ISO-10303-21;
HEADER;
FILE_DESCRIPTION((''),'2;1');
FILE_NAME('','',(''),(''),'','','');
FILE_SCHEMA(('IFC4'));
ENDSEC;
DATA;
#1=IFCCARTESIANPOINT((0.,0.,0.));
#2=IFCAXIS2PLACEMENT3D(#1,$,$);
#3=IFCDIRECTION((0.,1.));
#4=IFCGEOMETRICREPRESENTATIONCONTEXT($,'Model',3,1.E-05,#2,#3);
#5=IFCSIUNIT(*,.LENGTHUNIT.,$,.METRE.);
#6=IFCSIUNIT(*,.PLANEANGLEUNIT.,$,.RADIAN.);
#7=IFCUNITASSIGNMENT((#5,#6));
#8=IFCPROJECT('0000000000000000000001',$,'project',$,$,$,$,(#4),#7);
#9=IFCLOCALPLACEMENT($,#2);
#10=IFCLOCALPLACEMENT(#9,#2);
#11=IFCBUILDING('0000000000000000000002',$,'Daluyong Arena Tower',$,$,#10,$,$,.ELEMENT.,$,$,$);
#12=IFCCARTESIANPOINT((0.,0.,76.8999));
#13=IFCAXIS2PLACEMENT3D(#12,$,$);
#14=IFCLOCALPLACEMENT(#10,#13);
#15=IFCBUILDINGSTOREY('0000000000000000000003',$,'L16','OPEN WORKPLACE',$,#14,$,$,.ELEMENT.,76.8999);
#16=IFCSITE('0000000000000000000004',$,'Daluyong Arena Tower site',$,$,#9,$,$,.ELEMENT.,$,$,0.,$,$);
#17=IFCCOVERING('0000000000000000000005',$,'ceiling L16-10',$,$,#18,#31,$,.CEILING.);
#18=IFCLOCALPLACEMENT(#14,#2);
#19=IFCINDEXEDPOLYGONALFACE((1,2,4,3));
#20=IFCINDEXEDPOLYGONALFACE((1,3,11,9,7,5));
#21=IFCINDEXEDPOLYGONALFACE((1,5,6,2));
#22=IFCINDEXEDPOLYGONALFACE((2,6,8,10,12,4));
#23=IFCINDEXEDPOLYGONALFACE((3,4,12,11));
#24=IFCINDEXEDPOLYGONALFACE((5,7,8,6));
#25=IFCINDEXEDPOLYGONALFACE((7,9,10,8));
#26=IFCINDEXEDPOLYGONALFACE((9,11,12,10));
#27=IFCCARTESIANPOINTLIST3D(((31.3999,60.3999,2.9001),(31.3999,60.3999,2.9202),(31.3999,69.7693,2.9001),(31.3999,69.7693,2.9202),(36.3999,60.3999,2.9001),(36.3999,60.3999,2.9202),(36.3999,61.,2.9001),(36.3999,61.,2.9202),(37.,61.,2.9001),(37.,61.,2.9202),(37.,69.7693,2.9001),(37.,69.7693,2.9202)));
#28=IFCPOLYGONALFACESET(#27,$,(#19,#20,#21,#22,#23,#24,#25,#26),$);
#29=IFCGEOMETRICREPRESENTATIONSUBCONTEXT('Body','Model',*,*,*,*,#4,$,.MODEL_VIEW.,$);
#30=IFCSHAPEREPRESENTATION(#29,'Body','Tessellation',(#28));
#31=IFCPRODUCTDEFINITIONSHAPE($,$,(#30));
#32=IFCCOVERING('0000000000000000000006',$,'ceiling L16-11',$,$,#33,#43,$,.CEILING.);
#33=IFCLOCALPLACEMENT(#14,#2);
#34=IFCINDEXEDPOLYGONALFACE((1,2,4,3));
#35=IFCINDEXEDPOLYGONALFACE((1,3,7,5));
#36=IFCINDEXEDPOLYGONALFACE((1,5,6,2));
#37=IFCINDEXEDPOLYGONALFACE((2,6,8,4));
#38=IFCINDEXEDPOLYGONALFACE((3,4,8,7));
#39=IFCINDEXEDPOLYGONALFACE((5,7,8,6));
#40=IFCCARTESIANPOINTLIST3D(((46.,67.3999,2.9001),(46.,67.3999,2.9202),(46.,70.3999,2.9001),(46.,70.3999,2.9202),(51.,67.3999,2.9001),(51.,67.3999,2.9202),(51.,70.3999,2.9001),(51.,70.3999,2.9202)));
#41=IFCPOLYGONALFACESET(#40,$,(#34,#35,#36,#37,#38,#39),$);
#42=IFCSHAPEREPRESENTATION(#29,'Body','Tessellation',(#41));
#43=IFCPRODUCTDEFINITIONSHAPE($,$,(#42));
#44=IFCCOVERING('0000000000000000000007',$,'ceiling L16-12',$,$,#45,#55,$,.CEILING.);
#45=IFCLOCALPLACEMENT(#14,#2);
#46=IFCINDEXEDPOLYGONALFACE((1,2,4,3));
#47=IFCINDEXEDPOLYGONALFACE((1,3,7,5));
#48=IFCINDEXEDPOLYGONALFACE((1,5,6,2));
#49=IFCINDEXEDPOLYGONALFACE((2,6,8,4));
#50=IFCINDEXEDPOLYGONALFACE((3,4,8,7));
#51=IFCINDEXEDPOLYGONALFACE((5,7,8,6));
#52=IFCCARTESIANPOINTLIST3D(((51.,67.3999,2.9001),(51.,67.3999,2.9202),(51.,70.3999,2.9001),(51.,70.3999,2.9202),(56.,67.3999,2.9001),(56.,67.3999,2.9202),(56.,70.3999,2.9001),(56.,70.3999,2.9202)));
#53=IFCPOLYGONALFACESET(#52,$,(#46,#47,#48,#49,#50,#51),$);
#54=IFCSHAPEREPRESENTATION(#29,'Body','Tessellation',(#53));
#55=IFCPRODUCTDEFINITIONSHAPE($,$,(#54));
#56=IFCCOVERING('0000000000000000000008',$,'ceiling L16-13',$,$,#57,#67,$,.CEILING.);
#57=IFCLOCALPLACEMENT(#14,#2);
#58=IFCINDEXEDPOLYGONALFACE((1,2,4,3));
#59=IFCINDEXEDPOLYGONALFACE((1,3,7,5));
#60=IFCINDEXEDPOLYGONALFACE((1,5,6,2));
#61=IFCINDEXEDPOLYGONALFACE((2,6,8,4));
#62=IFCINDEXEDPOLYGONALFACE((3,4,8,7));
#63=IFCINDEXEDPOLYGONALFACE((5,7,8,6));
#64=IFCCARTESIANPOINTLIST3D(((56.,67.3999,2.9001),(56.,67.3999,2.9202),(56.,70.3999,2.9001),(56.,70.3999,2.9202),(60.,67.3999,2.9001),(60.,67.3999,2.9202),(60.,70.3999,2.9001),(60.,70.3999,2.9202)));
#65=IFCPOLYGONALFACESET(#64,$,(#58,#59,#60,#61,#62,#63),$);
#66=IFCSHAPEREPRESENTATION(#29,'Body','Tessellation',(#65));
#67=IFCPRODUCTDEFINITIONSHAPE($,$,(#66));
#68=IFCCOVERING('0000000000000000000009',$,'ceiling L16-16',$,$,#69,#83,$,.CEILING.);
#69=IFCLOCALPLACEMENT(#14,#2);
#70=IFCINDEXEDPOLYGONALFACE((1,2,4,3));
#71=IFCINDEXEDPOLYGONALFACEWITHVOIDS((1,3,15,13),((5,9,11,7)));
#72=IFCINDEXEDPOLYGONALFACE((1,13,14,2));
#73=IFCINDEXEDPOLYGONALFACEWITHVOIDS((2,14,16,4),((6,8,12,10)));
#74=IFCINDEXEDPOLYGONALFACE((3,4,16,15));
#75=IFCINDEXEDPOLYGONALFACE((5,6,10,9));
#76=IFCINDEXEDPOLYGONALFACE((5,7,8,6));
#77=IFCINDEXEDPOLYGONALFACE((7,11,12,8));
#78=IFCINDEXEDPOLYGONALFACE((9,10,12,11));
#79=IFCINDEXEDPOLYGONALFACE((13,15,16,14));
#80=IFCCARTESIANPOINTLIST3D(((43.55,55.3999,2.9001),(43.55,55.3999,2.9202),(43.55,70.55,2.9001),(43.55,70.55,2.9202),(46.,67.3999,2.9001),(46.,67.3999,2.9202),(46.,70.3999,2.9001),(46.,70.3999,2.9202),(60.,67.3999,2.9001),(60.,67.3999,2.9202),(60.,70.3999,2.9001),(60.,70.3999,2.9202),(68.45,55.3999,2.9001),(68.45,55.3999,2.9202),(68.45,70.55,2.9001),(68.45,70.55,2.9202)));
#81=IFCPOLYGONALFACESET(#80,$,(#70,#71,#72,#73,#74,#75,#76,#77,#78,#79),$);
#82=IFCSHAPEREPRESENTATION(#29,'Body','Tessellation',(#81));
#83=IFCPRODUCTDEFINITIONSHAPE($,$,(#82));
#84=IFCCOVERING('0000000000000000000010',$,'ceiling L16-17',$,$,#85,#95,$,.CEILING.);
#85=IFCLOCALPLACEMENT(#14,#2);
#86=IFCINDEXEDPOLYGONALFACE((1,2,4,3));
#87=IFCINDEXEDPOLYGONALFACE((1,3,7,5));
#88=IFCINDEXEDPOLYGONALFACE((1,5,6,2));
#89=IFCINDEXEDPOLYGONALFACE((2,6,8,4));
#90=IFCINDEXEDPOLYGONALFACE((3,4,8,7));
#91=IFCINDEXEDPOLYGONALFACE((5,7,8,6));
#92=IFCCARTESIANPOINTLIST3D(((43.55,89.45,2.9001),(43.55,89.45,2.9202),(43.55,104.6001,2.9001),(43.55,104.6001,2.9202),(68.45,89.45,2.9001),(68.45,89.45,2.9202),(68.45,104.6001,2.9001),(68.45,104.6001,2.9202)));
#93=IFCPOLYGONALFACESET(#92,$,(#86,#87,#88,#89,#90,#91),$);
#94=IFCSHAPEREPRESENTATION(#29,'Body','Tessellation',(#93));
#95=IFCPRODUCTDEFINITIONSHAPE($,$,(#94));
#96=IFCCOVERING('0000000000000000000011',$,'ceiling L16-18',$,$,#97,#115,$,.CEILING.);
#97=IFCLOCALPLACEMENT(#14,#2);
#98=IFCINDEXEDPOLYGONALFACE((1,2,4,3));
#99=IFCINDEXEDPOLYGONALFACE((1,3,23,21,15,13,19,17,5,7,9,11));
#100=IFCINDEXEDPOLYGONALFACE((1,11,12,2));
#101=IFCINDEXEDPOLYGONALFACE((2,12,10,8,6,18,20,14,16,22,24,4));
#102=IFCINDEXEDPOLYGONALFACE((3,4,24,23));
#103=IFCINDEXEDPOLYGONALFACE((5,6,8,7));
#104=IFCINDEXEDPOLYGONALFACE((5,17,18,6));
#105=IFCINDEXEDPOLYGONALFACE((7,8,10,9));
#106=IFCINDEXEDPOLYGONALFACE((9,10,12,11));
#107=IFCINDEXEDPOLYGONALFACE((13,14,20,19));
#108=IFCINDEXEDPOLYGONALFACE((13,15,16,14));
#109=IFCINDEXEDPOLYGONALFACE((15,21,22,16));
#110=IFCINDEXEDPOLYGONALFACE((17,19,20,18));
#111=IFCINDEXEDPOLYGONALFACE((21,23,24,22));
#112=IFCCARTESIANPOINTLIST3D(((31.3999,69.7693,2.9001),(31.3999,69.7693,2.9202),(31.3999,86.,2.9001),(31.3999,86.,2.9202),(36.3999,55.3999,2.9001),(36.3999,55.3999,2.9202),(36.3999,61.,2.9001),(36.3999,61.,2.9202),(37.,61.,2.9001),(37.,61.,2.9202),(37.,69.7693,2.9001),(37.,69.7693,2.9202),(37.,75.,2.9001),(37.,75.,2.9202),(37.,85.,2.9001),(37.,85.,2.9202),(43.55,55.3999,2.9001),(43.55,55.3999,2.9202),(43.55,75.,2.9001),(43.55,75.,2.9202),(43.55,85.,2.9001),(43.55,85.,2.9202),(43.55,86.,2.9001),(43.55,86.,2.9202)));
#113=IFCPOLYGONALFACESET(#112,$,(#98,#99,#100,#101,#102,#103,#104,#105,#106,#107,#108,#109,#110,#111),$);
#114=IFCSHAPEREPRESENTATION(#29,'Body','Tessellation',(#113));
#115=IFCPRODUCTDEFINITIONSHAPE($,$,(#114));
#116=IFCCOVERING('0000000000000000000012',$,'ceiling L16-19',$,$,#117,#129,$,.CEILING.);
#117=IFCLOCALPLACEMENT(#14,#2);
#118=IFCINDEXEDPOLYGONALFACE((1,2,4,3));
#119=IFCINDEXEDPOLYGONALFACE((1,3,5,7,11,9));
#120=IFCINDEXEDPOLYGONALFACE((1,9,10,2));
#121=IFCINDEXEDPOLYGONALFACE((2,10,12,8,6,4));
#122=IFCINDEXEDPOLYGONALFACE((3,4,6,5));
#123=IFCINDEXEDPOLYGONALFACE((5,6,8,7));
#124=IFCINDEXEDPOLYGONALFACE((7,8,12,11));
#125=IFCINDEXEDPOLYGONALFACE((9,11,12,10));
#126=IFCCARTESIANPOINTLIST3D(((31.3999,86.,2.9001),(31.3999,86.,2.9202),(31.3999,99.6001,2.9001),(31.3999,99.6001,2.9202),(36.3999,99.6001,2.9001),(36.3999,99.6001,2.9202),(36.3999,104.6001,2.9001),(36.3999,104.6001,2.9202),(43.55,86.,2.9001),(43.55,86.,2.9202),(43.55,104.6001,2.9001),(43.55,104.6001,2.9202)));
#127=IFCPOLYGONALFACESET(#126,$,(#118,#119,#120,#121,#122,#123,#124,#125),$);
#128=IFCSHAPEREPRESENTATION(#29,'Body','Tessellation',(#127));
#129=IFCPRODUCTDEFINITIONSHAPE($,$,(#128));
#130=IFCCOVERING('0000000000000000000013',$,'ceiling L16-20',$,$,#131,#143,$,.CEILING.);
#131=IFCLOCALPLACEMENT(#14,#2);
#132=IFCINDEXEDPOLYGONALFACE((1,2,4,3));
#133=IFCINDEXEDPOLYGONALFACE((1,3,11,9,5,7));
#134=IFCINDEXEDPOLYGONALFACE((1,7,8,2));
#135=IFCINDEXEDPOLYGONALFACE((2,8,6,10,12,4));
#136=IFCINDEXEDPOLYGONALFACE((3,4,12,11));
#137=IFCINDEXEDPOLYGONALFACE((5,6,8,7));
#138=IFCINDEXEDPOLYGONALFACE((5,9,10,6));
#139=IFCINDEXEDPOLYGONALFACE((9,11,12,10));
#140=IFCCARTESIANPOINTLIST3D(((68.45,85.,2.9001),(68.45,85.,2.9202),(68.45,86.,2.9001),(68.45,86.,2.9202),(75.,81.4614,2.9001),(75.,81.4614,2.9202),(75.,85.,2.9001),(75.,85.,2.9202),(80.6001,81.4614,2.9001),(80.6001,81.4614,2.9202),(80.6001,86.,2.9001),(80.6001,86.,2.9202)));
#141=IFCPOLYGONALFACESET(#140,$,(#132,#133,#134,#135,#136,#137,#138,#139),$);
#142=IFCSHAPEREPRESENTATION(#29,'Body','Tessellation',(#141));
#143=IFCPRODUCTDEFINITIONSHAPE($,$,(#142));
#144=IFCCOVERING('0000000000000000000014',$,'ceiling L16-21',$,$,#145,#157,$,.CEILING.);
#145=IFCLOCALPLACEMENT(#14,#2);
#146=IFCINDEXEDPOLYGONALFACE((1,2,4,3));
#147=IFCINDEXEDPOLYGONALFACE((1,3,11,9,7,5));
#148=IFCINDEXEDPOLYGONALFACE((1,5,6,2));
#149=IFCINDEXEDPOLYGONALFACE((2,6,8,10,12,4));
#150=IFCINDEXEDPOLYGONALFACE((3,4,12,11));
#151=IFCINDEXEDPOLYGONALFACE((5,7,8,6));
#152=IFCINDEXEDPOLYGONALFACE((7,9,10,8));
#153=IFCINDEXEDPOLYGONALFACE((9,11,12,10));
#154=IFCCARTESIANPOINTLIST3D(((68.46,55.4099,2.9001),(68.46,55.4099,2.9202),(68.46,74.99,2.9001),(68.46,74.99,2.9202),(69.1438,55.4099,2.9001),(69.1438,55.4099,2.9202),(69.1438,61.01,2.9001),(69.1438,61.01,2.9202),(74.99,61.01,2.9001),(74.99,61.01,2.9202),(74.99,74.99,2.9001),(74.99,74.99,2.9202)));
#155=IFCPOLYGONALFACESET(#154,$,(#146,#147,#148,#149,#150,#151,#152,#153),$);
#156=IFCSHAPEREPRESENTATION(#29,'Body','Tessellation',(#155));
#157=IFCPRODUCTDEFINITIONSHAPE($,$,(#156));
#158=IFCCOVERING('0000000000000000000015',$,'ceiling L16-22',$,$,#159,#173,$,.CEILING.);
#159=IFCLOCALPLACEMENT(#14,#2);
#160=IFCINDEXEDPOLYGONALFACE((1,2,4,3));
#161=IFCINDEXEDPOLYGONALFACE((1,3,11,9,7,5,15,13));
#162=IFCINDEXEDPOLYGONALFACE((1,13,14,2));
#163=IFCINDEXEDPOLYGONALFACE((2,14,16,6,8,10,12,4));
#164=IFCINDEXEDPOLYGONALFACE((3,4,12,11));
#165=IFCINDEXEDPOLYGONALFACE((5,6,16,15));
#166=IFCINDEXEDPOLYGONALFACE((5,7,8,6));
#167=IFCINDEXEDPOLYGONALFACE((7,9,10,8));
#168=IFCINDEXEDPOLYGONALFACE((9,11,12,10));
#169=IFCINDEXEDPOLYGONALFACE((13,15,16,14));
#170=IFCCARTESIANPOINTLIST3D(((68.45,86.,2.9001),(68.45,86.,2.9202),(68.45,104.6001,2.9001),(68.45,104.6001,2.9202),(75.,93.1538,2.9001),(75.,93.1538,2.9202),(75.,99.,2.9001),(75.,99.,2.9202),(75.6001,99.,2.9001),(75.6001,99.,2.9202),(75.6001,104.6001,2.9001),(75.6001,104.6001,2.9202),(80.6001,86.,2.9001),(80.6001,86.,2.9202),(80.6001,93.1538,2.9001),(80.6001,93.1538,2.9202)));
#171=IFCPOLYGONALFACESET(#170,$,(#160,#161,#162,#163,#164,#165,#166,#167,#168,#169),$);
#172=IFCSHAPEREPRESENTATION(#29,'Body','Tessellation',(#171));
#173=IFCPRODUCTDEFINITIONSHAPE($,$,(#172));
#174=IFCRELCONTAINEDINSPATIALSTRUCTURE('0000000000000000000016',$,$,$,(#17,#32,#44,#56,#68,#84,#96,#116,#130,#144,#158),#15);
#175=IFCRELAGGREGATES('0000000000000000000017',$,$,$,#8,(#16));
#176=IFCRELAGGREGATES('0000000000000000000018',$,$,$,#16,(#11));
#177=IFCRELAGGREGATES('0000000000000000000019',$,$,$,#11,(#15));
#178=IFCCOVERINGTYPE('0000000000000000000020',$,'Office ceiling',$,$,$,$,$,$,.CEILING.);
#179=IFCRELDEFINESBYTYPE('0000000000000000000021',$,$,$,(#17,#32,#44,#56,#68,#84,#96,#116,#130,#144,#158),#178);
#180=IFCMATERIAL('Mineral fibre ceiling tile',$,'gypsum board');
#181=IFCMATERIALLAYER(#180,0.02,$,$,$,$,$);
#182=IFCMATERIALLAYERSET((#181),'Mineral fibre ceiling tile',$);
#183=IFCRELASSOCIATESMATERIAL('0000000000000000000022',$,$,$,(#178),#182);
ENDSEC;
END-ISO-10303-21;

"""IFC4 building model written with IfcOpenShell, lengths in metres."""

from ifc_helpers import new_model, si_unit, direction, frame, origin, place, context, subcontext, project, spatial, polyline, outline, extrude, material, layer, layer_set, type_object, element, save


model = new_model("IFC4")

# Units and contexts
model_context = context("Model", 3, precision=1e-05, world=origin(), true_north=direction((0.0, 1.0)))
body_context = subcontext(model_context, "Body", "Model", "MODEL_VIEW")
ifc_project = project(units=[si_unit("LENGTHUNIT", "METRE"), si_unit("PLANEANGLEUNIT", "RADIAN")], contexts=[model_context])

# Site, building, storey
site_placement = place(None, origin())
site = spatial("IfcSite", under=ifc_project, at=site_placement, Name="Daluyong Arena Tower site", CompositionType="ELEMENT", RefElevation=0.0)
building_placement = place(site_placement, origin())
building = spatial("IfcBuilding", under=site, at=building_placement, Name="Daluyong Arena Tower", CompositionType="ELEMENT")
storey_placement = place(building_placement, frame((0.0, 0.0, 76.8999)))
storey = spatial("IfcBuildingStorey", under=building, at=storey_placement, Name="L16", Description="OPEN WORKPLACE", CompositionType="ELEMENT", Elevation=76.8999)

# Coverings
ifc_material_1 = material(Name="Mineral fibre ceiling tile", Category="gypsum board")
ifc_layer_1 = layer(ifc_material_1, 0.02)
ifc_layer_set_1 = layer_set([ifc_layer_1], Name="Mineral fibre ceiling tile")
covering_type = type_object("IfcCoveringType", Name="Office ceiling", PredefinedType="CEILING", material=ifc_layer_set_1)
covering_1_placement = place(storey_placement, frame((0.0, 0.0, 2.9001)))
element("IfcCovering", 1, at=covering_1_placement, inside=storey, type_object=covering_type, Name="ceiling L16-10", PredefinedType="CEILING", context=body_context, shape_type="SweptSolid", body=[
    extrude(outline(polyline([(31.3999, 60.3999), (36.3999, 60.3999), (36.3999, 61.0), (37.0, 61.0), (37.0, 69.7693), (31.3999, 69.7693), (31.3999, 60.3999)])), origin(), (0.0, 0.0, 1.0), 0.02),
])
covering_2_placement = place(storey_placement, frame((0.0, 0.0, 2.9001)))
element("IfcCovering", 2, at=covering_2_placement, inside=storey, type_object=covering_type, Name="ceiling L16-11", PredefinedType="CEILING", context=body_context, shape_type="SweptSolid", body=[
    extrude(outline(polyline([(46.0, 67.3999), (51.0, 67.3999), (51.0, 70.3999), (46.0, 70.3999), (46.0, 67.3999)])), origin(), (0.0, 0.0, 1.0), 0.02),
])
covering_3_placement = place(storey_placement, frame((0.0, 0.0, 2.9001)))
element("IfcCovering", 3, at=covering_3_placement, inside=storey, type_object=covering_type, Name="ceiling L16-12", PredefinedType="CEILING", context=body_context, shape_type="SweptSolid", body=[
    extrude(outline(polyline([(51.0, 67.3999), (56.0, 67.3999), (56.0, 70.3999), (51.0, 70.3999), (51.0, 67.3999)])), origin(), (0.0, 0.0, 1.0), 0.02),
])
covering_4_placement = place(storey_placement, frame((0.0, 0.0, 2.9001)))
element("IfcCovering", 4, at=covering_4_placement, inside=storey, type_object=covering_type, Name="ceiling L16-13", PredefinedType="CEILING", context=body_context, shape_type="SweptSolid", body=[
    extrude(outline(polyline([(56.0, 67.3999), (60.0, 67.3999), (60.0, 70.3999), (56.0, 70.3999), (56.0, 67.3999)])), origin(), (0.0, 0.0, 1.0), 0.02),
])
covering_5_placement = place(storey_placement, frame((0.0, 0.0, 2.9001)))
element("IfcCovering", 5, at=covering_5_placement, inside=storey, type_object=covering_type, Name="ceiling L16-16", PredefinedType="CEILING", context=body_context, shape_type="SweptSolid", body=[
    extrude(outline(polyline([(68.45, 70.55), (43.55, 70.55), (43.55, 55.3999), (68.45, 55.3999), (68.45, 70.55)]), holes=[polyline([(60.0, 70.3999), (60.0, 67.3999), (46.0, 67.3999), (46.0, 70.3999), (60.0, 70.3999)])]), origin(), (0.0, 0.0, 1.0), 0.02),
])
covering_6_placement = place(storey_placement, frame((0.0, 0.0, 2.9001)))
element("IfcCovering", 6, at=covering_6_placement, inside=storey, type_object=covering_type, Name="ceiling L16-17", PredefinedType="CEILING", context=body_context, shape_type="SweptSolid", body=[
    extrude(outline(polyline([(68.45, 104.6001), (43.55, 104.6001), (43.55, 89.45), (68.45, 89.45), (68.45, 104.6001)])), origin(), (0.0, 0.0, 1.0), 0.02),
])
covering_7_placement = place(storey_placement, frame((0.0, 0.0, 2.9001)))
element("IfcCovering", 7, at=covering_7_placement, inside=storey, type_object=covering_type, Name="ceiling L16-18", PredefinedType="CEILING", context=body_context, shape_type="SweptSolid", body=[
    extrude(outline(polyline([(43.55, 85.0), (43.55, 86.0), (31.3999, 86.0), (31.3999, 69.7693), (37.0, 69.7693), (37.0, 61.0), (36.3999, 61.0), (36.3999, 55.3999), (43.55, 55.3999), (43.55, 75.0), (37.0, 75.0), (37.0, 85.0), (43.55, 85.0)])), origin(), (0.0, 0.0, 1.0), 0.02),
])
covering_8_placement = place(storey_placement, frame((0.0, 0.0, 2.9001)))
element("IfcCovering", 8, at=covering_8_placement, inside=storey, type_object=covering_type, Name="ceiling L16-19", PredefinedType="CEILING", context=body_context, shape_type="SweptSolid", body=[
    extrude(outline(polyline([(43.55, 104.6001), (36.3999, 104.6001), (36.3999, 99.6001), (31.3999, 99.6001), (31.3999, 86.0), (43.55, 86.0), (43.55, 104.6001)])), origin(), (0.0, 0.0, 1.0), 0.02),
])
covering_9_placement = place(storey_placement, frame((0.0, 0.0, 2.9001)))
element("IfcCovering", 9, at=covering_9_placement, inside=storey, type_object=covering_type, Name="ceiling L16-20", PredefinedType="CEILING", context=body_context, shape_type="SweptSolid", body=[
    extrude(outline(polyline([(80.6001, 81.4614), (80.6001, 86.0), (68.45, 86.0), (68.45, 85.0), (75.0, 85.0), (75.0, 81.4614), (80.6001, 81.4614)])), origin(), (0.0, 0.0, 1.0), 0.02),
])
covering_10_placement = place(storey_placement, frame((0.0, 0.0, 2.9001)))
element("IfcCovering", 10, at=covering_10_placement, inside=storey, type_object=covering_type, Name="ceiling L16-21", PredefinedType="CEILING", context=body_context, shape_type="SweptSolid", body=[
    extrude(outline(polyline([(74.99, 61.01), (74.99, 74.99), (68.46, 74.99), (68.46, 55.4099), (69.1438, 55.4099), (69.1438, 61.01), (74.99, 61.01)])), origin(), (0.0, 0.0, 1.0), 0.02),
])
covering_11_placement = place(storey_placement, frame((0.0, 0.0, 2.9001)))
element("IfcCovering", 11, at=covering_11_placement, inside=storey, type_object=covering_type, Name="ceiling L16-22", PredefinedType="CEILING", context=body_context, shape_type="SweptSolid", body=[
    extrude(outline(polyline([(75.6001, 104.6001), (68.45, 104.6001), (68.45, 86.0), (80.6001, 86.0), (80.6001, 93.1538), (75.0, 93.1538), (75.0, 99.0), (75.6001, 99.0), (75.6001, 104.6001)])), origin(), (0.0, 0.0, 1.0), 0.02),
])

save(model, "model.ifc")
